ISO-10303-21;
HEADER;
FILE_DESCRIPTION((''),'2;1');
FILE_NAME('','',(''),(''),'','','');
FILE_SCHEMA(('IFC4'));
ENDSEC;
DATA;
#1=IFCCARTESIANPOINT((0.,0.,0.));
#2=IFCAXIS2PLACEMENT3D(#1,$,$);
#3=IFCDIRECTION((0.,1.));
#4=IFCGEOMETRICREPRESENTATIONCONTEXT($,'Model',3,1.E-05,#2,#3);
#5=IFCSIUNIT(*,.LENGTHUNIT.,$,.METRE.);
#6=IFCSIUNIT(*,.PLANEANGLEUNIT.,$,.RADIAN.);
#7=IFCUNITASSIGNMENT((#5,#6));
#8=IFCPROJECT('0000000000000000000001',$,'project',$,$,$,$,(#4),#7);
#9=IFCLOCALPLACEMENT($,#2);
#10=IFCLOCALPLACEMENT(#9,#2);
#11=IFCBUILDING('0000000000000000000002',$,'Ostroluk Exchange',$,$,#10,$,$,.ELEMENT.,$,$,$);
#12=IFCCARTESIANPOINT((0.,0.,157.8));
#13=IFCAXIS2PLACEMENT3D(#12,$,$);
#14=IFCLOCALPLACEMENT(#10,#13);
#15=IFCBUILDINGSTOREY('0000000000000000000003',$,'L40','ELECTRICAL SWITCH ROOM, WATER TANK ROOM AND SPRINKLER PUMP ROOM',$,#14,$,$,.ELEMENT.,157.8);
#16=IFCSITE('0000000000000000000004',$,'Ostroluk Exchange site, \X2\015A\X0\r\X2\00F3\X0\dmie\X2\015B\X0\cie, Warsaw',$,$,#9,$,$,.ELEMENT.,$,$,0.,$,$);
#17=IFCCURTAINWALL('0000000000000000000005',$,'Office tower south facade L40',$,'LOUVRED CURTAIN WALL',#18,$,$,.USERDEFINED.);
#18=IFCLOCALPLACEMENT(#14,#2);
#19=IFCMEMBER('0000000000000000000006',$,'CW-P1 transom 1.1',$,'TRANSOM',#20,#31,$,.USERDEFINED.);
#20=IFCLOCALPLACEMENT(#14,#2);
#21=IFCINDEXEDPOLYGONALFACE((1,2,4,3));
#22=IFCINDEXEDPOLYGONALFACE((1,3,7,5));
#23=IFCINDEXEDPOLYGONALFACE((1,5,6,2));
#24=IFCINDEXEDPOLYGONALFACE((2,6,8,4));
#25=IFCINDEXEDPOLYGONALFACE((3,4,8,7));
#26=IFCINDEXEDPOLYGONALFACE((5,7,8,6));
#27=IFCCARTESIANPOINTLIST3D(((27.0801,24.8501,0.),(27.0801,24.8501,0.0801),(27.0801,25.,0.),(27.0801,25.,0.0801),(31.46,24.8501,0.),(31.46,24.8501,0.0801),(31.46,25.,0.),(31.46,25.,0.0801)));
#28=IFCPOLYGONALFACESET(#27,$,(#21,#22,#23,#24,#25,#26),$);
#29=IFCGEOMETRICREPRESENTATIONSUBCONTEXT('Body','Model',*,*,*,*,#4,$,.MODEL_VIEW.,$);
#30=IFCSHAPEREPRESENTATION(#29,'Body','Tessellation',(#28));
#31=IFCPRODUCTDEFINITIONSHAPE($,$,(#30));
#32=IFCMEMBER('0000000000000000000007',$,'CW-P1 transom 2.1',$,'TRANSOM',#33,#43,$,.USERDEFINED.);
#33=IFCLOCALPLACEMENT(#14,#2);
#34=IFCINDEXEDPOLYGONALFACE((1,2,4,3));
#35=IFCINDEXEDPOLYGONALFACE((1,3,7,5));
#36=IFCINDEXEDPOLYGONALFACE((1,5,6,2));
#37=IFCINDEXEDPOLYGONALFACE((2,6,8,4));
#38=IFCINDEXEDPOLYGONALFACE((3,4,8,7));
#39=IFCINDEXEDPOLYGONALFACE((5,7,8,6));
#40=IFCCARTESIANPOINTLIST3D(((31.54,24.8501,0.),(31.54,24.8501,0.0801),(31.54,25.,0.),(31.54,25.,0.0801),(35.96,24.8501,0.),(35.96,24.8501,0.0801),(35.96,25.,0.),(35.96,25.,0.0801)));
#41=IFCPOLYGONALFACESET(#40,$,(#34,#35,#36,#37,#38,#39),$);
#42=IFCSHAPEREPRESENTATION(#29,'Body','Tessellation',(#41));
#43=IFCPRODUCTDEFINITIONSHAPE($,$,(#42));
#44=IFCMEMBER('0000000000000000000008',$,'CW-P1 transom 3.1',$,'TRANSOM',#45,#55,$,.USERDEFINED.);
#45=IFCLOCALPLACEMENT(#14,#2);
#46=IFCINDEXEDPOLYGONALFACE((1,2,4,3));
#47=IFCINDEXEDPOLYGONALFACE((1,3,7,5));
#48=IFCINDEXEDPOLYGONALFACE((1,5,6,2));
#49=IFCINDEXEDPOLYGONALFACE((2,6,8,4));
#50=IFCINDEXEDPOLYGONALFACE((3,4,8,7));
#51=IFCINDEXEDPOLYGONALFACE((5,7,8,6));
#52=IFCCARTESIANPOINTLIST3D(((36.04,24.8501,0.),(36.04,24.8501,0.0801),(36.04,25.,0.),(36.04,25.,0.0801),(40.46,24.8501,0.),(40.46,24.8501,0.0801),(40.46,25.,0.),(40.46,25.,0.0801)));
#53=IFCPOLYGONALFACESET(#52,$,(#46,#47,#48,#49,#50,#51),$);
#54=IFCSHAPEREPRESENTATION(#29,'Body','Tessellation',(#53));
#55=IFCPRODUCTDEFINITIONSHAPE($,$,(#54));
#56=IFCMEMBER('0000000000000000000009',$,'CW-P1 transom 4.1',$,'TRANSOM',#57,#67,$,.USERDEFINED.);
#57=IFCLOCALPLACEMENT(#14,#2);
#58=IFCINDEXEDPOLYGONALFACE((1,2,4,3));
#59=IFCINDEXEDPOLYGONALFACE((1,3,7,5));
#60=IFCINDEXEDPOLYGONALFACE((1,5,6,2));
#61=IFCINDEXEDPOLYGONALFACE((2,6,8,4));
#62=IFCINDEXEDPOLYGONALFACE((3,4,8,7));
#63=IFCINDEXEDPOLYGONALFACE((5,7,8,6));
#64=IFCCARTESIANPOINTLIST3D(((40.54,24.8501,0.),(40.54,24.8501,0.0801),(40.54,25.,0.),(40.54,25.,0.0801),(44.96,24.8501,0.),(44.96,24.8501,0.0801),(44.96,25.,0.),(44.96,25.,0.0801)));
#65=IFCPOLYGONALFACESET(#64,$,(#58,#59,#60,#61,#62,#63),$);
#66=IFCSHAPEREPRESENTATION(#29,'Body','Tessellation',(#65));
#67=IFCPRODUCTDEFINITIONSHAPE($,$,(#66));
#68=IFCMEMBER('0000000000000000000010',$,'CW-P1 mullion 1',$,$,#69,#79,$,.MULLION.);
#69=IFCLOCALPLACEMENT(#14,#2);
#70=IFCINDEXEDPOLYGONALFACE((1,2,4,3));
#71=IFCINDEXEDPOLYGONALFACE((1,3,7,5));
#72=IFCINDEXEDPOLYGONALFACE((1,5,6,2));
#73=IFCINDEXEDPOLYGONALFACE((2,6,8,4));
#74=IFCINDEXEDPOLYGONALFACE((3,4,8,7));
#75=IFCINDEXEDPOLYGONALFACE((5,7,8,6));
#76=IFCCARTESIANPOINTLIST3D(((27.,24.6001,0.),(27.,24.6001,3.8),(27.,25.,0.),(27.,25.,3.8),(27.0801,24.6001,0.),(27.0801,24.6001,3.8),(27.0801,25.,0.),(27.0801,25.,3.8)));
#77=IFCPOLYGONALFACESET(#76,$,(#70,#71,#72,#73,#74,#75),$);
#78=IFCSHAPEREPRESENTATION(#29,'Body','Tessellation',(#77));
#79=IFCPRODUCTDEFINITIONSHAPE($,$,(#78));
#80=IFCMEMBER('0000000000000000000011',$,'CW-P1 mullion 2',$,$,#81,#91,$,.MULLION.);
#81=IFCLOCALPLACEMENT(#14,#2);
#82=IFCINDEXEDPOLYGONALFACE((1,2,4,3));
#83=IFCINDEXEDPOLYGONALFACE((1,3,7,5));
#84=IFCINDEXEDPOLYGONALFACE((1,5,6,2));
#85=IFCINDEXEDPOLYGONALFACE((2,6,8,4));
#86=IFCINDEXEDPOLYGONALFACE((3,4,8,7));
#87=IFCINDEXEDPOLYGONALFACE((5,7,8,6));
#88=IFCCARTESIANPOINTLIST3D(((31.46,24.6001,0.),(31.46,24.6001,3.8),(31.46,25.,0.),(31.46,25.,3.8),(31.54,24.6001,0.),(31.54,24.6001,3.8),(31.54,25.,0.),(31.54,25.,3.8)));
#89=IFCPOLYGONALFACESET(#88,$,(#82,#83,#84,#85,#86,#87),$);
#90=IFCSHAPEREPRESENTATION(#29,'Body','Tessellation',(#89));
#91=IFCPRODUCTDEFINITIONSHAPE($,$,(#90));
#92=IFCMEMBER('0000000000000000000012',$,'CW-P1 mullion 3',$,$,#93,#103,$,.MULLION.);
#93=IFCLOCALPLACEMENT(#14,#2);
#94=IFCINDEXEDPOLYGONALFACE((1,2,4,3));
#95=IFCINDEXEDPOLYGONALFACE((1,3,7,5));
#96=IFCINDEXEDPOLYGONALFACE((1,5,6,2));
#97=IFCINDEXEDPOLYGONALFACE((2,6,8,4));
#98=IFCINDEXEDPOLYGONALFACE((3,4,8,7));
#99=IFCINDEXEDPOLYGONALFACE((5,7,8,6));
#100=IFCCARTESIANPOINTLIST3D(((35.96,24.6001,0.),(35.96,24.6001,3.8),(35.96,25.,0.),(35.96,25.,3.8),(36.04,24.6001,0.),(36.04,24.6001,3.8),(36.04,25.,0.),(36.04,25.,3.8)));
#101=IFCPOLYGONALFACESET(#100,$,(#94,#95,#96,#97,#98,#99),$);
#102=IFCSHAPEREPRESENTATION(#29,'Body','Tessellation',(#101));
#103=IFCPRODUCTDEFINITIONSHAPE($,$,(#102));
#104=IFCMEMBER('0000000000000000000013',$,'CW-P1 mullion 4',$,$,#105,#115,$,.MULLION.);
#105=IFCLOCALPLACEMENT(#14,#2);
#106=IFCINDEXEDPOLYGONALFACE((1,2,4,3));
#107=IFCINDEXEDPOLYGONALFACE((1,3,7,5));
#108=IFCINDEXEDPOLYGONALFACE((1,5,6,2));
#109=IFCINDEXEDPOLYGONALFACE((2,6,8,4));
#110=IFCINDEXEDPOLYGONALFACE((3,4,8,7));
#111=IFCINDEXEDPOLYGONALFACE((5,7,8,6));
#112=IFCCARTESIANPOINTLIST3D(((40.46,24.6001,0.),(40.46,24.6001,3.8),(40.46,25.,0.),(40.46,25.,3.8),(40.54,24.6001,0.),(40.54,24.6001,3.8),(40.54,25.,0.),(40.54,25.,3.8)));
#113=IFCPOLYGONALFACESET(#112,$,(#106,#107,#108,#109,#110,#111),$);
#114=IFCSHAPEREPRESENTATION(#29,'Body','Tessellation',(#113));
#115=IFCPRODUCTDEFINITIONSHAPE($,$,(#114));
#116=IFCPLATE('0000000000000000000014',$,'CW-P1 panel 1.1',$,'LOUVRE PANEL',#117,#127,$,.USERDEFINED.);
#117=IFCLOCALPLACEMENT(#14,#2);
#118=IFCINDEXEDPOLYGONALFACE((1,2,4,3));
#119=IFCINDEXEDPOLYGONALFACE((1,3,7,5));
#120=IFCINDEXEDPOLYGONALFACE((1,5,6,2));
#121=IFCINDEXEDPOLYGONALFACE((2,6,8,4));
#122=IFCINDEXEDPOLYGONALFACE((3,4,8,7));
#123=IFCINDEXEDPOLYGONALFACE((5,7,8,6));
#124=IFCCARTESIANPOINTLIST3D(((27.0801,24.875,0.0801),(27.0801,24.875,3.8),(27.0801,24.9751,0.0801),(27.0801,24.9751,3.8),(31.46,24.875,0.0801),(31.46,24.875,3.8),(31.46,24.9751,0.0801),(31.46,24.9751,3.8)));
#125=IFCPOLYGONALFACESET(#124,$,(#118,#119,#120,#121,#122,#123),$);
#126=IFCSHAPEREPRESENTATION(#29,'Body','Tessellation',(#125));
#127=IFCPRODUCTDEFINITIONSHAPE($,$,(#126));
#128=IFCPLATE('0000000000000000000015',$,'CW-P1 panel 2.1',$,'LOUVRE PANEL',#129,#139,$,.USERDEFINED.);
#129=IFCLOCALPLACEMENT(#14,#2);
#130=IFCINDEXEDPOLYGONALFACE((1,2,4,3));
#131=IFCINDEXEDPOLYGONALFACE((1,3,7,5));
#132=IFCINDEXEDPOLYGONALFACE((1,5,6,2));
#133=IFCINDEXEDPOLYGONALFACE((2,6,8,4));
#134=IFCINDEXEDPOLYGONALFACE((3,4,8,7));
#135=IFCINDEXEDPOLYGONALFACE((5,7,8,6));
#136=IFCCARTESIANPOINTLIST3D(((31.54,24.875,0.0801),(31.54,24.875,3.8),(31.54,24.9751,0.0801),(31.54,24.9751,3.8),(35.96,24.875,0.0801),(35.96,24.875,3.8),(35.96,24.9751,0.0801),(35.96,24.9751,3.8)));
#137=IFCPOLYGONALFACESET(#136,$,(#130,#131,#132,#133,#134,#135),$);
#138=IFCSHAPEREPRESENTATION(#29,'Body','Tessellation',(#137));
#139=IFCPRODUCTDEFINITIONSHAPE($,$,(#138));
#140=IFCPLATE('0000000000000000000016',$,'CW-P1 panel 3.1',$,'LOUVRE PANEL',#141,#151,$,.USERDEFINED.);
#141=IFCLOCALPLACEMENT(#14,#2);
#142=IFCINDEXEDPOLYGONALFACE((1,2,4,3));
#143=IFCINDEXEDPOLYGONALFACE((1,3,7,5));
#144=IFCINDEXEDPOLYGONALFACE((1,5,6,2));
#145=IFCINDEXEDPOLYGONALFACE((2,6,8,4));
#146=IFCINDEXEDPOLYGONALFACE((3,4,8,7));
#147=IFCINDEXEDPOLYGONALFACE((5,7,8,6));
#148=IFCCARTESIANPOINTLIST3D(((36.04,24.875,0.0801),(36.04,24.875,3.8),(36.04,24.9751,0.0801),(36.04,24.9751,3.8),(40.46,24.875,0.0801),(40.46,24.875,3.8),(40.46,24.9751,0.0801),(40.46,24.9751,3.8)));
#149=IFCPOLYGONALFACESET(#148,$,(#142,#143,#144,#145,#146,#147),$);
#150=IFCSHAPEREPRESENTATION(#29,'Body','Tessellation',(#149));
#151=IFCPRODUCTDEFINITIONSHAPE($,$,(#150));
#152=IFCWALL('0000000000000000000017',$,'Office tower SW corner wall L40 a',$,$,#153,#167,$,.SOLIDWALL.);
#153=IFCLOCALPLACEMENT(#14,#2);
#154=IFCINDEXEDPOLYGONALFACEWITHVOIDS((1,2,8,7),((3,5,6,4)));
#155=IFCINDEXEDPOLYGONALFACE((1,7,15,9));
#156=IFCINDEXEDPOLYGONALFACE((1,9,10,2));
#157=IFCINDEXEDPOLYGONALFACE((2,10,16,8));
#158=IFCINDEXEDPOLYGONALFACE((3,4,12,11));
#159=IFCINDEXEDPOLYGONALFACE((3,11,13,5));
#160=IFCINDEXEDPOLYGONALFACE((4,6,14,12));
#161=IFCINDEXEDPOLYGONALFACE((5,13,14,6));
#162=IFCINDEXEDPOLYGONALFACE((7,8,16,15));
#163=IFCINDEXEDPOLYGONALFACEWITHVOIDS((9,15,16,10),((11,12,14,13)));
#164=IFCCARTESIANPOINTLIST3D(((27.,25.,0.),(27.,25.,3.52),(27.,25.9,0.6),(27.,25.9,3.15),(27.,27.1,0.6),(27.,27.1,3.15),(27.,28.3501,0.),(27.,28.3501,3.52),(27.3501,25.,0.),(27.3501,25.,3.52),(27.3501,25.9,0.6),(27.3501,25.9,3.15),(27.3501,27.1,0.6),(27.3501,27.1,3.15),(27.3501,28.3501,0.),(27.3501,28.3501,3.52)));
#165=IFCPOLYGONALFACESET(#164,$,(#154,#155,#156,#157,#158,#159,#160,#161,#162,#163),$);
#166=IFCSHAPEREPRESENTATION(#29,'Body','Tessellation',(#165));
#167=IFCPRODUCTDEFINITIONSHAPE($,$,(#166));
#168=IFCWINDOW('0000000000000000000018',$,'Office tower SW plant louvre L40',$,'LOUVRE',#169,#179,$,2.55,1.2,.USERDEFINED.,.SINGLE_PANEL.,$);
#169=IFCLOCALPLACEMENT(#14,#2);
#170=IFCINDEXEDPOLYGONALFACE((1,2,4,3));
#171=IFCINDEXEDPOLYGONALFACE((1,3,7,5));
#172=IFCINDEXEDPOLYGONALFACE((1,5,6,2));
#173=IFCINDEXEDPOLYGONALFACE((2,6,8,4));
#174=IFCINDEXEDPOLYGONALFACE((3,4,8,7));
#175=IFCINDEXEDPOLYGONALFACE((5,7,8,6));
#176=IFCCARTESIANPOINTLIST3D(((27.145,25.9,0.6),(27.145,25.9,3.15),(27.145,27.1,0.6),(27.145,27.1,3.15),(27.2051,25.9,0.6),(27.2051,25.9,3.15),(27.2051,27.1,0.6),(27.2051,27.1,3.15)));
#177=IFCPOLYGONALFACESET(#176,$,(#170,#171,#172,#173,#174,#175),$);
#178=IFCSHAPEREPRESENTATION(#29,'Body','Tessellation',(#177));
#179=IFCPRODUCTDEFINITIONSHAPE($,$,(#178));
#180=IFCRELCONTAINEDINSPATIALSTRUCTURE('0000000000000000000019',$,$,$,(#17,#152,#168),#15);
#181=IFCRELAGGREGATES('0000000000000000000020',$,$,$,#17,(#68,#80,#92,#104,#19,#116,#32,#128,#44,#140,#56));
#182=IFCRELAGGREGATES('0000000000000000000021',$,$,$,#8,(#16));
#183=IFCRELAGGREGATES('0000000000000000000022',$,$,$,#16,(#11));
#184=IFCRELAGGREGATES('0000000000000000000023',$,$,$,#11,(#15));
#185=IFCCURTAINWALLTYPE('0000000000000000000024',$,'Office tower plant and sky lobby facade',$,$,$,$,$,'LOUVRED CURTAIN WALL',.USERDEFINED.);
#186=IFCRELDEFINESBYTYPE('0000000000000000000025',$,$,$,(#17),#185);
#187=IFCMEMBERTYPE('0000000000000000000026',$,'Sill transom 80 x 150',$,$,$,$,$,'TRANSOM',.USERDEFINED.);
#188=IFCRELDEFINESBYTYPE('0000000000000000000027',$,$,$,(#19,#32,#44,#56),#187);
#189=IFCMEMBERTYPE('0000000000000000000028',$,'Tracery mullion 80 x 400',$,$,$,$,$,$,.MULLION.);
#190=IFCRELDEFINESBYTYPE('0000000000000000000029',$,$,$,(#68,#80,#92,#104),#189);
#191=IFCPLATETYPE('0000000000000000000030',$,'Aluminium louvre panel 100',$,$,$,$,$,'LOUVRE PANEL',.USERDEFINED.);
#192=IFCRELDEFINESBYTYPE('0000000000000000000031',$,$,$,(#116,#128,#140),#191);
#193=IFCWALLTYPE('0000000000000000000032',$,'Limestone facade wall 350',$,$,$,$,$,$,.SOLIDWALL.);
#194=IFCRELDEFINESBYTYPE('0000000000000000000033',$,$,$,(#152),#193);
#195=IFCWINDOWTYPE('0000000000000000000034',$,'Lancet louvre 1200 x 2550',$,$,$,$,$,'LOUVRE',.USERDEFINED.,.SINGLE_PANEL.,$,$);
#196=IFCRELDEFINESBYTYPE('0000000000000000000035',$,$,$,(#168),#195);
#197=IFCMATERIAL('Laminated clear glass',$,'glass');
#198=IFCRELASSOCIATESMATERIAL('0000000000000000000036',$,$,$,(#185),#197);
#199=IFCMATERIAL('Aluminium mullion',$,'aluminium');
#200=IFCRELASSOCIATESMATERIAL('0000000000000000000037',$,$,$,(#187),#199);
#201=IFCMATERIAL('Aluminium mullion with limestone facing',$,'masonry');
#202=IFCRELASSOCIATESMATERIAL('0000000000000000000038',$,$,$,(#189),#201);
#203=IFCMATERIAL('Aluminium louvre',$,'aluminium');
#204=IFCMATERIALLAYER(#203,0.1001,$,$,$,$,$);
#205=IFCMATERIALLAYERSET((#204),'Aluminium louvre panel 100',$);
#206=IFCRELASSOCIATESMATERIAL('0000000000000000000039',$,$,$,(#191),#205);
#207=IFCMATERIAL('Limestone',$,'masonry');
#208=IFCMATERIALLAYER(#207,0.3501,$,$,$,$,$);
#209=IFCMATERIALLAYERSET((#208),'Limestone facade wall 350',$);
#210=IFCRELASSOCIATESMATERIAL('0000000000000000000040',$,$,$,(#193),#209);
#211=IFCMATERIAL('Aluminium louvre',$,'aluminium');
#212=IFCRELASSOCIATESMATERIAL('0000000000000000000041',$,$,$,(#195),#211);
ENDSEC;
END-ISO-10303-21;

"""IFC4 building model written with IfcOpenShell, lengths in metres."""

from ifc_helpers import new_model, si_unit, direction, frame, frame_2d, origin, origin_2d, place, context, subcontext, project, spatial, rectangle, extrude, material, layer, layer_set, material_profile, profile_set, type_object, element, fill, aggregate, save


model = new_model("IFC4")

# Units and contexts
model_context = context("Model", 3, precision=1e-05, world=origin(), true_north=direction((0.0, 1.0)))
body_context = subcontext(model_context, "Body", "Model", "MODEL_VIEW")
ifc_project = project(units=[si_unit("LENGTHUNIT", "METRE"), si_unit("PLANEANGLEUNIT", "RADIAN")], contexts=[model_context])

# Site, building, storey
site_placement = place(None, origin())
site = spatial("IfcSite", under=ifc_project, at=site_placement, Name="Ostroluk Exchange site, Śródmieście, Warsaw", CompositionType="ELEMENT", RefElevation=0.0)
building_placement = place(site_placement, origin())
building = spatial("IfcBuilding", under=site, at=building_placement, Name="Ostroluk Exchange", CompositionType="ELEMENT")
storey_placement = place(building_placement, frame((0.0, 0.0, 157.8)))
storey = spatial("IfcBuildingStorey", under=building, at=storey_placement, Name="L40", Description="ELECTRICAL SWITCH ROOM, WATER TANK ROOM AND SPRINKLER PUMP ROOM", CompositionType="ELEMENT", Elevation=157.8)

# Curtain wall, members, plates
ifc_material_1 = material(Name="Laminated clear glass", Category="glass")
curtain_wall_type = type_object("IfcCurtainWallType", Name="Office tower plant and sky lobby facade", ElementType="LOUVRED CURTAIN WALL", PredefinedType="USERDEFINED", material=ifc_material_1)
curtain_wall_placement = place(storey_placement, origin())
curtain_wall = element("IfcCurtainWall", 1, at=curtain_wall_placement, inside=storey, type_object=curtain_wall_type, Name="Office tower south facade L40", ObjectType="LOUVRED CURTAIN WALL", PredefinedType="USERDEFINED")
ifc_material_2 = material(Name="Aluminium mullion", Category="aluminium")
ifc_material_profile_1 = material_profile(ifc_material_2, rectangle(XDim=0.1499, YDim=0.0801, at=origin_2d()), Name="Sill transom 80 x 150")
ifc_profile_set_1 = profile_set([ifc_material_profile_1], Name="Aluminium mullion")
member_type_1 = type_object("IfcMemberType", Name="Sill transom 80 x 150", ElementType="TRANSOM", PredefinedType="USERDEFINED", material=ifc_profile_set_1)
member_1_placement = place(storey_placement, frame((27.0801, 24.925, 0.04), z_axis=(1.0, 0.0, 0.0), x_axis=(0.0, 1.0, 0.0)))
member_1 = element("IfcMember", 2, at=member_1_placement, type_object=member_type_1, Name="CW-P1 transom 1.1", ObjectType="TRANSOM", PredefinedType="USERDEFINED", context=body_context, shape_type="SweptSolid", body=[
    extrude(rectangle(XDim=0.1499, YDim=0.0801, at=origin_2d()), origin(), (0.0, 0.0, 1.0), 4.3799),
])
member_2_placement = place(storey_placement, frame((31.54, 24.925, 0.04), z_axis=(1.0, 0.0, 0.0), x_axis=(0.0, 1.0, 0.0)))
member_2 = element("IfcMember", 3, at=member_2_placement, type_object=member_type_1, Name="CW-P1 transom 2.1", ObjectType="TRANSOM", PredefinedType="USERDEFINED", context=body_context, shape_type="SweptSolid", body=[
    extrude(rectangle(XDim=0.1499, YDim=0.0801, at=origin_2d()), origin(), (0.0, 0.0, 1.0), 4.4199),
])
member_3_placement = place(storey_placement, frame((36.04, 24.925, 0.04), z_axis=(1.0, 0.0, 0.0), x_axis=(0.0, 1.0, 0.0)))
member_3 = element("IfcMember", 4, at=member_3_placement, type_object=member_type_1, Name="CW-P1 transom 3.1", ObjectType="TRANSOM", PredefinedType="USERDEFINED", context=body_context, shape_type="SweptSolid", body=[
    extrude(rectangle(XDim=0.1499, YDim=0.0801, at=origin_2d()), origin(), (0.0, 0.0, 1.0), 4.4199),
])
member_4_placement = place(storey_placement, frame((40.54, 24.925, 0.04), z_axis=(1.0, 0.0, 0.0), x_axis=(0.0, 1.0, 0.0)))
member_4 = element("IfcMember", 5, at=member_4_placement, type_object=member_type_1, Name="CW-P1 transom 4.1", ObjectType="TRANSOM", PredefinedType="USERDEFINED", context=body_context, shape_type="SweptSolid", body=[
    extrude(rectangle(XDim=0.1499, YDim=0.0801, at=origin_2d()), origin(), (0.0, 0.0, 1.0), 4.4199),
])
ifc_material_3 = material(Name="Aluminium mullion with limestone facing", Category="masonry")
ifc_material_profile_2 = material_profile(ifc_material_3, rectangle(XDim=0.3999, YDim=0.0801, at=origin_2d()), Name="Tracery mullion 80 x 400")
ifc_profile_set_2 = profile_set([ifc_material_profile_2], Name="Aluminium mullion with limestone facing")
member_type_2 = type_object("IfcMemberType", Name="Tracery mullion 80 x 400", PredefinedType="MULLION", material=ifc_profile_set_2)
member_5_placement = place(storey_placement, frame((27.04, 24.8, 0.0), z_axis=(0.0, 0.0, 1.0), x_axis=(0.0, 1.0, 0.0)))
member_5 = element("IfcMember", 6, at=member_5_placement, type_object=member_type_2, Name="CW-P1 mullion 1", PredefinedType="MULLION", context=body_context, shape_type="SweptSolid", body=[
    extrude(rectangle(XDim=0.3999, YDim=0.0801, at=origin_2d()), origin(), (0.0, 0.0, 1.0), 3.8),
])
member_6_placement = place(storey_placement, frame((31.5, 24.8, 0.0), z_axis=(0.0, 0.0, 1.0), x_axis=(0.0, 1.0, 0.0)))
member_6 = element("IfcMember", 7, at=member_6_placement, type_object=member_type_2, Name="CW-P1 mullion 2", PredefinedType="MULLION", context=body_context, shape_type="SweptSolid", body=[
    extrude(rectangle(XDim=0.3999, YDim=0.0801, at=origin_2d()), origin(), (0.0, 0.0, 1.0), 3.8),
])
member_7_placement = place(storey_placement, frame((36.0, 24.8, 0.0), z_axis=(0.0, 0.0, 1.0), x_axis=(0.0, 1.0, 0.0)))
member_7 = element("IfcMember", 8, at=member_7_placement, type_object=member_type_2, Name="CW-P1 mullion 3", PredefinedType="MULLION", context=body_context, shape_type="SweptSolid", body=[
    extrude(rectangle(XDim=0.3999, YDim=0.0801, at=origin_2d()), origin(), (0.0, 0.0, 1.0), 3.8),
])
member_8_placement = place(storey_placement, frame((40.5, 24.8, 0.0), z_axis=(0.0, 0.0, 1.0), x_axis=(0.0, 1.0, 0.0)))
member_8 = element("IfcMember", 9, at=member_8_placement, type_object=member_type_2, Name="CW-P1 mullion 4", PredefinedType="MULLION", context=body_context, shape_type="SweptSolid", body=[
    extrude(rectangle(XDim=0.3999, YDim=0.0801, at=origin_2d()), origin(), (0.0, 0.0, 1.0), 3.8),
])
ifc_material_4 = material(Name="Aluminium louvre", Category="aluminium")
ifc_layer_1 = layer(ifc_material_4, 0.1001)
ifc_layer_set_1 = layer_set([ifc_layer_1], Name="Aluminium louvre panel 100")
plate_type = type_object("IfcPlateType", Name="Aluminium louvre panel 100", ElementType="LOUVRE PANEL", PredefinedType="USERDEFINED", material=ifc_layer_set_1)
plate_1_placement = place(storey_placement, frame((29.27, 24.925, 0.0801), z_axis=(0.0, 0.0, 1.0), x_axis=(1.0, 0.0, 0.0)))
plate_1 = element("IfcPlate", 10, at=plate_1_placement, type_object=plate_type, Name="CW-P1 panel 1.1", ObjectType="LOUVRE PANEL", PredefinedType="USERDEFINED", context=body_context, shape_type="SweptSolid", body=[
    extrude(rectangle(XDim=4.3799, YDim=0.1001, at=origin_2d()), origin(), (0.0, 0.0, 1.0), 3.72),
])
plate_2_placement = place(storey_placement, frame((33.75, 24.925, 0.0801), z_axis=(0.0, 0.0, 1.0), x_axis=(1.0, 0.0, 0.0)))
plate_2 = element("IfcPlate", 11, at=plate_2_placement, type_object=plate_type, Name="CW-P1 panel 2.1", ObjectType="LOUVRE PANEL", PredefinedType="USERDEFINED", context=body_context, shape_type="SweptSolid", body=[
    extrude(rectangle(XDim=4.4199, YDim=0.1001, at=origin_2d()), origin(), (0.0, 0.0, 1.0), 3.72),
])
plate_3_placement = place(storey_placement, frame((38.25, 24.925, 0.0801), z_axis=(0.0, 0.0, 1.0), x_axis=(1.0, 0.0, 0.0)))
plate_3 = element("IfcPlate", 12, at=plate_3_placement, type_object=plate_type, Name="CW-P1 panel 3.1", ObjectType="LOUVRE PANEL", PredefinedType="USERDEFINED", context=body_context, shape_type="SweptSolid", body=[
    extrude(rectangle(XDim=4.4199, YDim=0.1001, at=origin_2d()), origin(), (0.0, 0.0, 1.0), 3.72),
])
aggregate(curtain_wall, [member_5, member_6, member_7, member_8, member_1, plate_1, member_2, plate_2, member_3, plate_3, member_4])

# Wall, opening, window
ifc_material_5 = material(Name="Limestone", Category="masonry")
ifc_layer_2 = layer(ifc_material_5, 0.3501)
ifc_layer_set_2 = layer_set([ifc_layer_2], Name="Limestone facade wall 350")
wall_type_1 = type_object("IfcWallType", Name="Limestone facade wall 350", PredefinedType="SOLIDWALL", material=ifc_layer_set_2)
wall_placement = place(storey_placement, frame((27.175, 25.0, 0.0), z_axis=(0.0, 0.0, 1.0), x_axis=(0.0, 1.0, 0.0)))
wall = element("IfcWall", 13, at=wall_placement, inside=storey, type_object=wall_type_1, Name="Office tower SW corner wall L40 a", PredefinedType="SOLIDWALL", context=body_context, shape_type="SweptSolid", body=[
    extrude(rectangle(XDim=3.3501, YDim=0.3501, at=frame_2d((1.675, 0.0))), origin(), (0.0, 0.0, 1.0), 3.52),
])
opening_placement = place(wall_placement, frame((0.8999, 0.0, 0.6001)))
opening = element("IfcOpeningElement", 14, at=opening_placement, cuts=wall, PredefinedType="OPENING", context=body_context, shape_type="SweptSolid", body=[
    extrude(rectangle(XDim=1.2, YDim=2.55, at=frame_2d((0.6001, 1.2749))), frame((0.0, 0.1851, 0.0), z_axis=(0.0, -1.0, 0.0), x_axis=(1.0, 0.0, 0.0)), (0.0, 0.0, 1.0), 0.3701),
])
ifc_material_6 = material(Name="Aluminium louvre", Category="aluminium")
window_type = type_object("IfcWindowType", Name="Lancet louvre 1200 x 2550", ElementType="LOUVRE", PartitioningType="SINGLE_PANEL", PredefinedType="USERDEFINED", material=ifc_material_6)
window_placement = place(opening_placement, origin())
window = element("IfcWindow", 15, at=window_placement, inside=storey, type_object=window_type, Name="Office tower SW plant louvre L40", ObjectType="LOUVRE", OverallHeight=2.55, OverallWidth=1.2, PartitioningType="SINGLE_PANEL", PredefinedType="USERDEFINED", context=body_context, shape_type="SweptSolid", body=[
    extrude(rectangle(XDim=1.2, YDim=2.55, at=frame_2d((0.6001, 1.2749))), frame((0.0, 0.03, 0.0), z_axis=(0.0, -1.0, 0.0), x_axis=(1.0, 0.0, 0.0)), (0.0, 0.0, 1.0), 0.0601),
])
fill(opening, window)

save(model, "model.ifc")
